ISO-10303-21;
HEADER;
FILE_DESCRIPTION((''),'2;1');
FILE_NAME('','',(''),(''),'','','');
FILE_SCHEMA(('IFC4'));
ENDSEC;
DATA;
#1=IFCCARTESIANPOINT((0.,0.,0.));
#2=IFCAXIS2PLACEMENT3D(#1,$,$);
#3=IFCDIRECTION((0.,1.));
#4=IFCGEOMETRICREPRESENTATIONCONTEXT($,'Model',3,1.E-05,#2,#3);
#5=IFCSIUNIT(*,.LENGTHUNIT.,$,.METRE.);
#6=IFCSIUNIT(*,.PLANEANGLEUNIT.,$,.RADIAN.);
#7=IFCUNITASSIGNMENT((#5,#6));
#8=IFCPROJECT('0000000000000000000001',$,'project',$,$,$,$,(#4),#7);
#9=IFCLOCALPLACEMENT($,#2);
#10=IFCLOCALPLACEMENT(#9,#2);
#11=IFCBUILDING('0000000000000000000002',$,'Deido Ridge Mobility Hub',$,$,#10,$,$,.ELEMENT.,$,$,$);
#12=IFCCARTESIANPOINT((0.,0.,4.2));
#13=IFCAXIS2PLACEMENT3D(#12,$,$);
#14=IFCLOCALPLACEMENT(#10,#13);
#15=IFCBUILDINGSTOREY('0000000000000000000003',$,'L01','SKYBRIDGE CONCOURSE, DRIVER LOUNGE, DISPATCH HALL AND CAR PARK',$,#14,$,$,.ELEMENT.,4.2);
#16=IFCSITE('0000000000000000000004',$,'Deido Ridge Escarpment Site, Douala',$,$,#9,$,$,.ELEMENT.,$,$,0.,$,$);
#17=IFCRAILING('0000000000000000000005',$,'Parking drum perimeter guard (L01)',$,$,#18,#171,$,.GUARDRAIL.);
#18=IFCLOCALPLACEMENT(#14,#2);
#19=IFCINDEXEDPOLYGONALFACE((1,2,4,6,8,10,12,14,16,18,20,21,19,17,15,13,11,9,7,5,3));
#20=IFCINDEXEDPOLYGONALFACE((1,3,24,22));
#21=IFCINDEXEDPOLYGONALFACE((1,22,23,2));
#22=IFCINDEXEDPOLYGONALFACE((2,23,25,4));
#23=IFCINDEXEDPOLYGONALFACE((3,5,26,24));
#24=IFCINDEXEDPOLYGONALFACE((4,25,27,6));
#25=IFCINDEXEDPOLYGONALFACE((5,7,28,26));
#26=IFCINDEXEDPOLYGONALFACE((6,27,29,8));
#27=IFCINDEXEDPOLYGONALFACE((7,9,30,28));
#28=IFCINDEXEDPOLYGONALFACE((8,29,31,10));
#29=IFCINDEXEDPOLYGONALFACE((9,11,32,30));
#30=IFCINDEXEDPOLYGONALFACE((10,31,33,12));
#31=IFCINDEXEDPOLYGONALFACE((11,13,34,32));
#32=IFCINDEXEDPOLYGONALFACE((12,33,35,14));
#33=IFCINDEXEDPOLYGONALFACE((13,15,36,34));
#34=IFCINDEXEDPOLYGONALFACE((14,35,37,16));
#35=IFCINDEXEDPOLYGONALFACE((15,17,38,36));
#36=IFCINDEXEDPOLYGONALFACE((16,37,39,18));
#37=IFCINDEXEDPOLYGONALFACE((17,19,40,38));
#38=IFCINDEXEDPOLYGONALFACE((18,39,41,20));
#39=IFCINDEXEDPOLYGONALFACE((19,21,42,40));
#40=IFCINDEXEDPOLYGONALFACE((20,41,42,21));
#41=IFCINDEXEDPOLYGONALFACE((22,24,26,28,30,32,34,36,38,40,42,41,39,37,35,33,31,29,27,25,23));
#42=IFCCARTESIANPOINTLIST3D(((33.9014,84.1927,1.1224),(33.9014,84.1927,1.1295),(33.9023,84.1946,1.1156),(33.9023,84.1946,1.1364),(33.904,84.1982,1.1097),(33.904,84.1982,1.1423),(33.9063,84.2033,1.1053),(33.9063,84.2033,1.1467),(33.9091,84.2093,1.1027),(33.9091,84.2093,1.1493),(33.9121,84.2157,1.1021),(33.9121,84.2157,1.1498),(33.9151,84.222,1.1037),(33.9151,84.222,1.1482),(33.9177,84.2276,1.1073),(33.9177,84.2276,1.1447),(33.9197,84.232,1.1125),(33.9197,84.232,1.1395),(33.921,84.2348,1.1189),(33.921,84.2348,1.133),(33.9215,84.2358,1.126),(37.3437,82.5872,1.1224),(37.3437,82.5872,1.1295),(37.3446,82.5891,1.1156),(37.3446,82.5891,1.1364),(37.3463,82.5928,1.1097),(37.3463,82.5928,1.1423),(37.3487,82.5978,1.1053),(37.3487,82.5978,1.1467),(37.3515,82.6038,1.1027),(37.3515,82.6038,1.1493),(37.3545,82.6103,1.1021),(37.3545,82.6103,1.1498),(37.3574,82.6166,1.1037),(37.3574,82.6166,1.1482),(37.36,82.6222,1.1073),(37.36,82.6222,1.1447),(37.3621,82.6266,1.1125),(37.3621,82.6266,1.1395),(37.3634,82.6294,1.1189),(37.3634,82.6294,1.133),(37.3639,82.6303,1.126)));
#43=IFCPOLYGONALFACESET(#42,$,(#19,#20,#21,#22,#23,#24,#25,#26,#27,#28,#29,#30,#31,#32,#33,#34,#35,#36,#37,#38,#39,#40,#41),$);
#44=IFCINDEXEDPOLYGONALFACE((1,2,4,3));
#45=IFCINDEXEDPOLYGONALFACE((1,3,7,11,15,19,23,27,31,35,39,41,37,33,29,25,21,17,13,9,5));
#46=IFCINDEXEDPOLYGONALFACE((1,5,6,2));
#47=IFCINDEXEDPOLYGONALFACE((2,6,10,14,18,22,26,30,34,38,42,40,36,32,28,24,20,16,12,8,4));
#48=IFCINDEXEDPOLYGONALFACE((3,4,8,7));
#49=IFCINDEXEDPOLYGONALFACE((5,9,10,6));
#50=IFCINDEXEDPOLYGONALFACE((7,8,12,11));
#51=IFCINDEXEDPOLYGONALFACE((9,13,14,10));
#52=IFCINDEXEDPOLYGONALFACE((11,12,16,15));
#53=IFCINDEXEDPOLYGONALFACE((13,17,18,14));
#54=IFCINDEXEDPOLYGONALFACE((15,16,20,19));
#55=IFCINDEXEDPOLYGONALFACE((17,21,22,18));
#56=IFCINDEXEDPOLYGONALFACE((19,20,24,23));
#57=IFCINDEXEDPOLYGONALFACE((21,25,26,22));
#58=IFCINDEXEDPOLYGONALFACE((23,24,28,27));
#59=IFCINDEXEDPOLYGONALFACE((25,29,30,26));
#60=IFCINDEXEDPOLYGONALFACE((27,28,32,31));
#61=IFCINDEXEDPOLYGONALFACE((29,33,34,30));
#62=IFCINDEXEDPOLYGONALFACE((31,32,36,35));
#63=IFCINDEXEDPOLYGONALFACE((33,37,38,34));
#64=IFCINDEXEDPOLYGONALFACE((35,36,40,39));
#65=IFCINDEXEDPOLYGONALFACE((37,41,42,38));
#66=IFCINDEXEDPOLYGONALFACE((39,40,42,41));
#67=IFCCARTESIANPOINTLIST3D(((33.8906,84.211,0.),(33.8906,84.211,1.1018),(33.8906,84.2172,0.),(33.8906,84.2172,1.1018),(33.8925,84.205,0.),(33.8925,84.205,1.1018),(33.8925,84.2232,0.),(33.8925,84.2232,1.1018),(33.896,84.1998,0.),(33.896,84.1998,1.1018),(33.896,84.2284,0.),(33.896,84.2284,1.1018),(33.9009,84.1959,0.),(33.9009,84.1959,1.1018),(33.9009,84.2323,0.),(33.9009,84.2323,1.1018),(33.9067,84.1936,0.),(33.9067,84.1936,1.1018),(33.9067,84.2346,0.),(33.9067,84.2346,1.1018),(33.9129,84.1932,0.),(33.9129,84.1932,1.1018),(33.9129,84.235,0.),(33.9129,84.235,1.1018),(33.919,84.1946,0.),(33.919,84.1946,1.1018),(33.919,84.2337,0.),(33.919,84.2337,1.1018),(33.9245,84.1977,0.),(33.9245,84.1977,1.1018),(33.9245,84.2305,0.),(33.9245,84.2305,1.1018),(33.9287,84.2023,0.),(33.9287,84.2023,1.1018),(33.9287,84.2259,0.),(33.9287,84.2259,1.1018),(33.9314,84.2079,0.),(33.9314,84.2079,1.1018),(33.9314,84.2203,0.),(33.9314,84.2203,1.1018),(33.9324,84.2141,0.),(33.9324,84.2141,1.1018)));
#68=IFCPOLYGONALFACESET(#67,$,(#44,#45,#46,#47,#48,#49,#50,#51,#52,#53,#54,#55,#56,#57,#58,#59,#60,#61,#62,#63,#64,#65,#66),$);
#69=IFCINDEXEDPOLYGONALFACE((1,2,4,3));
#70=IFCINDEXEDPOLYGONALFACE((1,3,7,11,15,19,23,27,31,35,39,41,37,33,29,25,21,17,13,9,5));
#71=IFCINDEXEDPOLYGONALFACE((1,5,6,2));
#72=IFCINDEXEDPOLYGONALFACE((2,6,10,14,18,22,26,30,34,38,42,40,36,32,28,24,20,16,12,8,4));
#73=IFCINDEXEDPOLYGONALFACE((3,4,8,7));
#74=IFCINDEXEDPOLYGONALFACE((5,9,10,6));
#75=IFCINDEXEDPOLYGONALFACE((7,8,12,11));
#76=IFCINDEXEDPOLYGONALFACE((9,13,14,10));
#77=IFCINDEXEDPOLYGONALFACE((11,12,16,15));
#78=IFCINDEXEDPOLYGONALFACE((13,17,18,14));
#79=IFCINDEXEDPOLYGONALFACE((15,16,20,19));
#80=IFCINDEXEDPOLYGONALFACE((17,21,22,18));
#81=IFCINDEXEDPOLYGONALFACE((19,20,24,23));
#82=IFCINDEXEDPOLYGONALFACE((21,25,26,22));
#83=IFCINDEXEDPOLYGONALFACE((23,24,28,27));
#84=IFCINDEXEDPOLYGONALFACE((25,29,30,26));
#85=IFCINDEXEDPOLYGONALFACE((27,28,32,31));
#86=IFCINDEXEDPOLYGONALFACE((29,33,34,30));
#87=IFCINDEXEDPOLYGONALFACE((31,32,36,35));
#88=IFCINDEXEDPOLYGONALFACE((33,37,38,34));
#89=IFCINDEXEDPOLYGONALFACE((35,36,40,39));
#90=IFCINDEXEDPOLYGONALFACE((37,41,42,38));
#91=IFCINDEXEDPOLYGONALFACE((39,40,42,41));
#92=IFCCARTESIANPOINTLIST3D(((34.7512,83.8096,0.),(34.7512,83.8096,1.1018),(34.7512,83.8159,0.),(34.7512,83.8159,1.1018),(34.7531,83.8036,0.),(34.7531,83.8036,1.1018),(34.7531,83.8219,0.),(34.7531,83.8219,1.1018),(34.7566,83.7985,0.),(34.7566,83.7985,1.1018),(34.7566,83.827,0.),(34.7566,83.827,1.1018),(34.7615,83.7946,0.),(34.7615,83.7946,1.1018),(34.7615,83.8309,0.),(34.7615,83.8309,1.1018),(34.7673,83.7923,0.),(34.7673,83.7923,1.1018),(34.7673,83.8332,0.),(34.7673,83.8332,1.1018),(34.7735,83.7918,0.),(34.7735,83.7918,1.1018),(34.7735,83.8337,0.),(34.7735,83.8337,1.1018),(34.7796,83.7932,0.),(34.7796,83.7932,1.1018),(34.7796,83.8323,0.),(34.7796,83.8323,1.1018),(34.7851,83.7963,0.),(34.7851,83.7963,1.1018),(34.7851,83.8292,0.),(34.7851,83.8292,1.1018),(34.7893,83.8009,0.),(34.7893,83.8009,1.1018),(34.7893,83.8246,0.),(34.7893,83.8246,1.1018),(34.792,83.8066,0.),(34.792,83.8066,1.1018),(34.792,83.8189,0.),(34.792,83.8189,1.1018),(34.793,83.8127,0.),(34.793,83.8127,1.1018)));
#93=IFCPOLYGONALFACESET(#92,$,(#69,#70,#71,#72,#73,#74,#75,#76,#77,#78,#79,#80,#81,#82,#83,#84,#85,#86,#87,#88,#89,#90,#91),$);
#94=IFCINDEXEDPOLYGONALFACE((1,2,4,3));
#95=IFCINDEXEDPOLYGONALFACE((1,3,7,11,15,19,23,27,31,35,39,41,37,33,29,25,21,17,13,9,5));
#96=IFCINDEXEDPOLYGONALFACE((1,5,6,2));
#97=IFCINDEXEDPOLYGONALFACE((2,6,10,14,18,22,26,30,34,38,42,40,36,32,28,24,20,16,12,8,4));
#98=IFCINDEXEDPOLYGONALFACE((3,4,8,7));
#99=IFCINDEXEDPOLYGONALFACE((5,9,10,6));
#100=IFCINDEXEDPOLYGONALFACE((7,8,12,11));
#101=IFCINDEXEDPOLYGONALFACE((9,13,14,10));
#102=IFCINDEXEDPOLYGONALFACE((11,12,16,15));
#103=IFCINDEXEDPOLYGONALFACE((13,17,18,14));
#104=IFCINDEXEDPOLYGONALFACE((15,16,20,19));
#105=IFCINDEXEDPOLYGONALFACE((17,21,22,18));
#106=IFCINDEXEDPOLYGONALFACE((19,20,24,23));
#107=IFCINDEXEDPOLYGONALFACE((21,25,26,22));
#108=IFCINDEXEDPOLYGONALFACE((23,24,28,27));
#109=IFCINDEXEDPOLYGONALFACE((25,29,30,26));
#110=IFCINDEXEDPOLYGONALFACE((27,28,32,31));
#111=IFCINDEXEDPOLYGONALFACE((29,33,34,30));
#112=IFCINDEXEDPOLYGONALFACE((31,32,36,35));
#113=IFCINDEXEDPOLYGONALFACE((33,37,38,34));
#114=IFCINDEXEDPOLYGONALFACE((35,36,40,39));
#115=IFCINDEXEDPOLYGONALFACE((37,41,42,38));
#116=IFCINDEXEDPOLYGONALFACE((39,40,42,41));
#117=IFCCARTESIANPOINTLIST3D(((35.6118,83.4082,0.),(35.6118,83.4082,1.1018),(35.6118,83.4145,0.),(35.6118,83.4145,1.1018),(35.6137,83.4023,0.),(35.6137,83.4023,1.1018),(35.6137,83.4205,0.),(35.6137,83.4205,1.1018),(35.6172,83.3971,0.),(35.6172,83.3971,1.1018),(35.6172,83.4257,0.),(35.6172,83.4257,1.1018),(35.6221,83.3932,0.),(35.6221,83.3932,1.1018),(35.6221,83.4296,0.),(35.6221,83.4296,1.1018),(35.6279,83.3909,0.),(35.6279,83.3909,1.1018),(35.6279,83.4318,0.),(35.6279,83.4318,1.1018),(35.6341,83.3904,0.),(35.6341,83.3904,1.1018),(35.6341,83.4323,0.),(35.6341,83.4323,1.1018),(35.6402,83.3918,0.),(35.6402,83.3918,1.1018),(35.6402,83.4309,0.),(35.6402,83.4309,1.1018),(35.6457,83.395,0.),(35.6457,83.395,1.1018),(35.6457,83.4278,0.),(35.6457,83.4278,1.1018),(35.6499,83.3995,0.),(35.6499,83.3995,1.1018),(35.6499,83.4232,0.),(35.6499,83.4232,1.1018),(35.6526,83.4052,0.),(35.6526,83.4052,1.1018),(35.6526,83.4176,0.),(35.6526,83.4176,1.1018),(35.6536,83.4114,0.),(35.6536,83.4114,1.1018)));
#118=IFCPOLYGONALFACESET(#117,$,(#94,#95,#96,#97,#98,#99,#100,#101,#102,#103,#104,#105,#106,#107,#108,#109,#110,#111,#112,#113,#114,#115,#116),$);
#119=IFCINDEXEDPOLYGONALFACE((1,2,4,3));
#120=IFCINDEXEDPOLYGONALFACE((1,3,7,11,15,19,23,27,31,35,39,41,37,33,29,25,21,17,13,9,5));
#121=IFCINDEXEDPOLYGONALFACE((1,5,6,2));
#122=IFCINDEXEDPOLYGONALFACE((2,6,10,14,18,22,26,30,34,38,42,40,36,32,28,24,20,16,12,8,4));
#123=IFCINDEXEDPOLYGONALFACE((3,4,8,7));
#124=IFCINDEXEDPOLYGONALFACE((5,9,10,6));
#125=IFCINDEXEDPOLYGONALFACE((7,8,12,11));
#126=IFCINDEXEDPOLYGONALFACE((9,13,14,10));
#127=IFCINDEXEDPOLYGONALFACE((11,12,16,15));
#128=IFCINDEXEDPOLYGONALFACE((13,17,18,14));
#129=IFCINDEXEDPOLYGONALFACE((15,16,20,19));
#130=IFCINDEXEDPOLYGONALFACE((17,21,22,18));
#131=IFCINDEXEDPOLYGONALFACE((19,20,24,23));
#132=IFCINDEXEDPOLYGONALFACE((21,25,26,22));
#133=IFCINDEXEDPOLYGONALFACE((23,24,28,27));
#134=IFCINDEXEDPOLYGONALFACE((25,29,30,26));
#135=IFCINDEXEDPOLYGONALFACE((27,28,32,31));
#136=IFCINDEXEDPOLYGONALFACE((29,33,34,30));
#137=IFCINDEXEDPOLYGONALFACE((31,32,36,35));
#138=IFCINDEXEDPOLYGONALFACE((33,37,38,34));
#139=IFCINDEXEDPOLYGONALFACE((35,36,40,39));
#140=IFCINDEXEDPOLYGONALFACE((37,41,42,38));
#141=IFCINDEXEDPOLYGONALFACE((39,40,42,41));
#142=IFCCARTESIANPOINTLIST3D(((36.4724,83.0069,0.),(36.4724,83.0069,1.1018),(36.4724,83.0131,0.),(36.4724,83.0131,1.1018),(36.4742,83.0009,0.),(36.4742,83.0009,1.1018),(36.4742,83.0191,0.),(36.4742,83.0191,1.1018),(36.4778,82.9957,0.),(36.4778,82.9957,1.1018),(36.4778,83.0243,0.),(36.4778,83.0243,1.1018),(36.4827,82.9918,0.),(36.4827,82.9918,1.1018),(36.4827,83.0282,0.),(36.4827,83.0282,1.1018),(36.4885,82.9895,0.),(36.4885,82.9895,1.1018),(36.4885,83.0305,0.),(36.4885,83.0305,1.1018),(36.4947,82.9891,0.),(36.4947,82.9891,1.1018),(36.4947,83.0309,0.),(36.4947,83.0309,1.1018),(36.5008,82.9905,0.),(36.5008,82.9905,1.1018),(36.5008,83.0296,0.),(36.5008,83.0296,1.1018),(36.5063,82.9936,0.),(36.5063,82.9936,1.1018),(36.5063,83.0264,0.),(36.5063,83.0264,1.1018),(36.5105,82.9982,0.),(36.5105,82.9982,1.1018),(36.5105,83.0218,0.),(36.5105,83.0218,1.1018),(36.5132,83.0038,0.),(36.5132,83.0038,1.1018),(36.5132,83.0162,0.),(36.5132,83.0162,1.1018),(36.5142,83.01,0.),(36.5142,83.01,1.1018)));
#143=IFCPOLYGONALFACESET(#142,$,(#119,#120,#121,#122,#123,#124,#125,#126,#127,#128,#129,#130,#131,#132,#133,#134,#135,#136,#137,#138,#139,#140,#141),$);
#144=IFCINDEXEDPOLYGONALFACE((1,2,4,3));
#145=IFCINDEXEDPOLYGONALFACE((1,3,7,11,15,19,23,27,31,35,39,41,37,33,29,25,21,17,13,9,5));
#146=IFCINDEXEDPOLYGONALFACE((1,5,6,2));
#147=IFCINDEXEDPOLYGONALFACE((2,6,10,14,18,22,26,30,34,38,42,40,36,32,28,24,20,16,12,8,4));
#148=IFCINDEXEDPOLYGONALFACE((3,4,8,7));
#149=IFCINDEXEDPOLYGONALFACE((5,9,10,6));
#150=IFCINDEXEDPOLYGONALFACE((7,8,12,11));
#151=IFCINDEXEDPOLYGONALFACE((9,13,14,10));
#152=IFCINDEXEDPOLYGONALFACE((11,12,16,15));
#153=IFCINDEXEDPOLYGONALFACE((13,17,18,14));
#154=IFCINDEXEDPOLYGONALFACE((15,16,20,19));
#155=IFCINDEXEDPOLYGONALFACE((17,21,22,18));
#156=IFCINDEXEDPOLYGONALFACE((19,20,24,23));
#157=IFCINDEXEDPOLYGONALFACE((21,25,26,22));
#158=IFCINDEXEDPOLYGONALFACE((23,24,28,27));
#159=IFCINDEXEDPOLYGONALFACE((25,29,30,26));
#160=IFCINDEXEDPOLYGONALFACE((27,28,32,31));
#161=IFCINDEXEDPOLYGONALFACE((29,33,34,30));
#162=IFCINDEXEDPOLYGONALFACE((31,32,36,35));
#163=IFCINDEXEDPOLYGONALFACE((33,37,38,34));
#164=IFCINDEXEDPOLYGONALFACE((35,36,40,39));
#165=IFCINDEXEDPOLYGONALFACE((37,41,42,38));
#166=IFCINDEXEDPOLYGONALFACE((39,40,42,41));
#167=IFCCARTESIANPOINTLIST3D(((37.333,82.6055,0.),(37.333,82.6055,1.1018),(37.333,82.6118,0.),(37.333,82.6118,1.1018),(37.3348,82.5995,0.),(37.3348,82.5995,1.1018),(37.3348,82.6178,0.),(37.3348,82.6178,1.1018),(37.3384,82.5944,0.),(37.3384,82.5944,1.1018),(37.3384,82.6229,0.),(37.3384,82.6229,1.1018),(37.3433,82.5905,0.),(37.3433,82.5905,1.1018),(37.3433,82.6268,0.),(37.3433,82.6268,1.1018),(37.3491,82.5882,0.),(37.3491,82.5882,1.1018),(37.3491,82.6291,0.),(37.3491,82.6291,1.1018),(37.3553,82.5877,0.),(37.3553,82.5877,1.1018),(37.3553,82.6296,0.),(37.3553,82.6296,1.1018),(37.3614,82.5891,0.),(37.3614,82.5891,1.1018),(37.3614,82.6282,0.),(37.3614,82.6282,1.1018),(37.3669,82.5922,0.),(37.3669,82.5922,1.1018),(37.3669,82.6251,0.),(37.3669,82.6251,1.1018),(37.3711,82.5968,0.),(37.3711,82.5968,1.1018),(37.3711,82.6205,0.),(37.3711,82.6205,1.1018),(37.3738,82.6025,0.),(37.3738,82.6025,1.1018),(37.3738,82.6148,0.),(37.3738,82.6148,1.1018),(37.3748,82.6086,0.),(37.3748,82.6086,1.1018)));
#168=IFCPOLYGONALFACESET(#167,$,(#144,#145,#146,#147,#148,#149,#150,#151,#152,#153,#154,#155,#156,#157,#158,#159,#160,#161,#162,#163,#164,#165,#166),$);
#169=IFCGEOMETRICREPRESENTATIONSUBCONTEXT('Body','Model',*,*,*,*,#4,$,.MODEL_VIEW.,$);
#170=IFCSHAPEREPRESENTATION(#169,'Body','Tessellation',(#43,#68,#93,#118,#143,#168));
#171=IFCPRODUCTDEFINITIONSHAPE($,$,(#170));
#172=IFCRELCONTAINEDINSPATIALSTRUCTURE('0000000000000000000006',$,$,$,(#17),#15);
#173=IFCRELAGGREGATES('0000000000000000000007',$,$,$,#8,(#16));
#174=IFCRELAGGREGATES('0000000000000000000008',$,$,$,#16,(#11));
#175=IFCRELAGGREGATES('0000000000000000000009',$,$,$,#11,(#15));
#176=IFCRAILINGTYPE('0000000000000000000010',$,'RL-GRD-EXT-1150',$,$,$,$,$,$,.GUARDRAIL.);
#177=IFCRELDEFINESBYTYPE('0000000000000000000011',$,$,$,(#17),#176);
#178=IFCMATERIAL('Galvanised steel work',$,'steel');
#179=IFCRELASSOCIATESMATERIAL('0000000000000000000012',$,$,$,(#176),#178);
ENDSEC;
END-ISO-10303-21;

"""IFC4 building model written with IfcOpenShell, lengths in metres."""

from ifc_helpers import new_model, si_unit, direction, frame, origin, origin_2d, place, context, subcontext, project, spatial, circle, extrude, material, type_object, element, save


model = new_model("IFC4")

# Units and contexts
model_context = context("Model", 3, precision=1e-05, world=origin(), true_north=direction((0.0, 1.0)))
body_context = subcontext(model_context, "Body", "Model", "MODEL_VIEW")
ifc_project = project(units=[si_unit("LENGTHUNIT", "METRE"), si_unit("PLANEANGLEUNIT", "RADIAN")], contexts=[model_context])

# Site, building, storey
site_placement = place(None, origin())
site = spatial("IfcSite", under=ifc_project, at=site_placement, Name="Deido Ridge Escarpment Site, Douala", CompositionType="ELEMENT", RefElevation=0.0)
building_placement = place(site_placement, origin())
building = spatial("IfcBuilding", under=site, at=building_placement, Name="Deido Ridge Mobility Hub", CompositionType="ELEMENT")
storey_placement = place(building_placement, frame((0.0, 0.0, 4.2)))
storey = spatial("IfcBuildingStorey", under=building, at=storey_placement, Name="L01", Description="SKYBRIDGE CONCOURSE, DRIVER LOUNGE, DISPATCH HALL AND CAR PARK", CompositionType="ELEMENT", Elevation=4.2)

# Railing
ifc_material_1 = material(Name="Galvanised steel work", Category="steel")
railing_type = type_object("IfcRailingType", Name="RL-GRD-EXT-1150", PredefinedType="GUARDRAIL", material=ifc_material_1)
railing_1_placement = place(storey_placement, frame((33.9114, 84.2141, 0.0)))
element("IfcRailing", 1, at=railing_1_placement, inside=storey, type_object=railing_type, Name="Parking drum perimeter guard (L01)", PredefinedType="GUARDRAIL", context=body_context, shape_type="SweptSolid", body=[
    extrude(circle(Radius=0.0239, at=origin_2d()), frame((0.0, 0.0, 1.126), z_axis=(0.906282, -0.422674, 0.0), x_axis=(0.422674, 0.906282, 0.0)), (0.0, 0.0, 1.0), 3.7983),
    extrude(circle(Radius=0.021, at=origin_2d()), origin(), (0.0, 0.0, 1.0), 1.1018),
    extrude(circle(Radius=0.021, at=origin_2d()), frame((0.8606, -0.4014, 0.0)), (0.0, 0.0, 1.0), 1.1018),
    extrude(circle(Radius=0.021, at=origin_2d()), frame((1.7212, -0.8027, 0.0)), (0.0, 0.0, 1.0), 1.1018),
    extrude(circle(Radius=0.021, at=origin_2d()), frame((2.5818, -1.2041, 0.0)), (0.0, 0.0, 1.0), 1.1018),
    extrude(circle(Radius=0.021, at=origin_2d()), frame((3.4424, -1.6055, 0.0)), (0.0, 0.0, 1.0), 1.1018),
])

save(model, "model.ifc")
